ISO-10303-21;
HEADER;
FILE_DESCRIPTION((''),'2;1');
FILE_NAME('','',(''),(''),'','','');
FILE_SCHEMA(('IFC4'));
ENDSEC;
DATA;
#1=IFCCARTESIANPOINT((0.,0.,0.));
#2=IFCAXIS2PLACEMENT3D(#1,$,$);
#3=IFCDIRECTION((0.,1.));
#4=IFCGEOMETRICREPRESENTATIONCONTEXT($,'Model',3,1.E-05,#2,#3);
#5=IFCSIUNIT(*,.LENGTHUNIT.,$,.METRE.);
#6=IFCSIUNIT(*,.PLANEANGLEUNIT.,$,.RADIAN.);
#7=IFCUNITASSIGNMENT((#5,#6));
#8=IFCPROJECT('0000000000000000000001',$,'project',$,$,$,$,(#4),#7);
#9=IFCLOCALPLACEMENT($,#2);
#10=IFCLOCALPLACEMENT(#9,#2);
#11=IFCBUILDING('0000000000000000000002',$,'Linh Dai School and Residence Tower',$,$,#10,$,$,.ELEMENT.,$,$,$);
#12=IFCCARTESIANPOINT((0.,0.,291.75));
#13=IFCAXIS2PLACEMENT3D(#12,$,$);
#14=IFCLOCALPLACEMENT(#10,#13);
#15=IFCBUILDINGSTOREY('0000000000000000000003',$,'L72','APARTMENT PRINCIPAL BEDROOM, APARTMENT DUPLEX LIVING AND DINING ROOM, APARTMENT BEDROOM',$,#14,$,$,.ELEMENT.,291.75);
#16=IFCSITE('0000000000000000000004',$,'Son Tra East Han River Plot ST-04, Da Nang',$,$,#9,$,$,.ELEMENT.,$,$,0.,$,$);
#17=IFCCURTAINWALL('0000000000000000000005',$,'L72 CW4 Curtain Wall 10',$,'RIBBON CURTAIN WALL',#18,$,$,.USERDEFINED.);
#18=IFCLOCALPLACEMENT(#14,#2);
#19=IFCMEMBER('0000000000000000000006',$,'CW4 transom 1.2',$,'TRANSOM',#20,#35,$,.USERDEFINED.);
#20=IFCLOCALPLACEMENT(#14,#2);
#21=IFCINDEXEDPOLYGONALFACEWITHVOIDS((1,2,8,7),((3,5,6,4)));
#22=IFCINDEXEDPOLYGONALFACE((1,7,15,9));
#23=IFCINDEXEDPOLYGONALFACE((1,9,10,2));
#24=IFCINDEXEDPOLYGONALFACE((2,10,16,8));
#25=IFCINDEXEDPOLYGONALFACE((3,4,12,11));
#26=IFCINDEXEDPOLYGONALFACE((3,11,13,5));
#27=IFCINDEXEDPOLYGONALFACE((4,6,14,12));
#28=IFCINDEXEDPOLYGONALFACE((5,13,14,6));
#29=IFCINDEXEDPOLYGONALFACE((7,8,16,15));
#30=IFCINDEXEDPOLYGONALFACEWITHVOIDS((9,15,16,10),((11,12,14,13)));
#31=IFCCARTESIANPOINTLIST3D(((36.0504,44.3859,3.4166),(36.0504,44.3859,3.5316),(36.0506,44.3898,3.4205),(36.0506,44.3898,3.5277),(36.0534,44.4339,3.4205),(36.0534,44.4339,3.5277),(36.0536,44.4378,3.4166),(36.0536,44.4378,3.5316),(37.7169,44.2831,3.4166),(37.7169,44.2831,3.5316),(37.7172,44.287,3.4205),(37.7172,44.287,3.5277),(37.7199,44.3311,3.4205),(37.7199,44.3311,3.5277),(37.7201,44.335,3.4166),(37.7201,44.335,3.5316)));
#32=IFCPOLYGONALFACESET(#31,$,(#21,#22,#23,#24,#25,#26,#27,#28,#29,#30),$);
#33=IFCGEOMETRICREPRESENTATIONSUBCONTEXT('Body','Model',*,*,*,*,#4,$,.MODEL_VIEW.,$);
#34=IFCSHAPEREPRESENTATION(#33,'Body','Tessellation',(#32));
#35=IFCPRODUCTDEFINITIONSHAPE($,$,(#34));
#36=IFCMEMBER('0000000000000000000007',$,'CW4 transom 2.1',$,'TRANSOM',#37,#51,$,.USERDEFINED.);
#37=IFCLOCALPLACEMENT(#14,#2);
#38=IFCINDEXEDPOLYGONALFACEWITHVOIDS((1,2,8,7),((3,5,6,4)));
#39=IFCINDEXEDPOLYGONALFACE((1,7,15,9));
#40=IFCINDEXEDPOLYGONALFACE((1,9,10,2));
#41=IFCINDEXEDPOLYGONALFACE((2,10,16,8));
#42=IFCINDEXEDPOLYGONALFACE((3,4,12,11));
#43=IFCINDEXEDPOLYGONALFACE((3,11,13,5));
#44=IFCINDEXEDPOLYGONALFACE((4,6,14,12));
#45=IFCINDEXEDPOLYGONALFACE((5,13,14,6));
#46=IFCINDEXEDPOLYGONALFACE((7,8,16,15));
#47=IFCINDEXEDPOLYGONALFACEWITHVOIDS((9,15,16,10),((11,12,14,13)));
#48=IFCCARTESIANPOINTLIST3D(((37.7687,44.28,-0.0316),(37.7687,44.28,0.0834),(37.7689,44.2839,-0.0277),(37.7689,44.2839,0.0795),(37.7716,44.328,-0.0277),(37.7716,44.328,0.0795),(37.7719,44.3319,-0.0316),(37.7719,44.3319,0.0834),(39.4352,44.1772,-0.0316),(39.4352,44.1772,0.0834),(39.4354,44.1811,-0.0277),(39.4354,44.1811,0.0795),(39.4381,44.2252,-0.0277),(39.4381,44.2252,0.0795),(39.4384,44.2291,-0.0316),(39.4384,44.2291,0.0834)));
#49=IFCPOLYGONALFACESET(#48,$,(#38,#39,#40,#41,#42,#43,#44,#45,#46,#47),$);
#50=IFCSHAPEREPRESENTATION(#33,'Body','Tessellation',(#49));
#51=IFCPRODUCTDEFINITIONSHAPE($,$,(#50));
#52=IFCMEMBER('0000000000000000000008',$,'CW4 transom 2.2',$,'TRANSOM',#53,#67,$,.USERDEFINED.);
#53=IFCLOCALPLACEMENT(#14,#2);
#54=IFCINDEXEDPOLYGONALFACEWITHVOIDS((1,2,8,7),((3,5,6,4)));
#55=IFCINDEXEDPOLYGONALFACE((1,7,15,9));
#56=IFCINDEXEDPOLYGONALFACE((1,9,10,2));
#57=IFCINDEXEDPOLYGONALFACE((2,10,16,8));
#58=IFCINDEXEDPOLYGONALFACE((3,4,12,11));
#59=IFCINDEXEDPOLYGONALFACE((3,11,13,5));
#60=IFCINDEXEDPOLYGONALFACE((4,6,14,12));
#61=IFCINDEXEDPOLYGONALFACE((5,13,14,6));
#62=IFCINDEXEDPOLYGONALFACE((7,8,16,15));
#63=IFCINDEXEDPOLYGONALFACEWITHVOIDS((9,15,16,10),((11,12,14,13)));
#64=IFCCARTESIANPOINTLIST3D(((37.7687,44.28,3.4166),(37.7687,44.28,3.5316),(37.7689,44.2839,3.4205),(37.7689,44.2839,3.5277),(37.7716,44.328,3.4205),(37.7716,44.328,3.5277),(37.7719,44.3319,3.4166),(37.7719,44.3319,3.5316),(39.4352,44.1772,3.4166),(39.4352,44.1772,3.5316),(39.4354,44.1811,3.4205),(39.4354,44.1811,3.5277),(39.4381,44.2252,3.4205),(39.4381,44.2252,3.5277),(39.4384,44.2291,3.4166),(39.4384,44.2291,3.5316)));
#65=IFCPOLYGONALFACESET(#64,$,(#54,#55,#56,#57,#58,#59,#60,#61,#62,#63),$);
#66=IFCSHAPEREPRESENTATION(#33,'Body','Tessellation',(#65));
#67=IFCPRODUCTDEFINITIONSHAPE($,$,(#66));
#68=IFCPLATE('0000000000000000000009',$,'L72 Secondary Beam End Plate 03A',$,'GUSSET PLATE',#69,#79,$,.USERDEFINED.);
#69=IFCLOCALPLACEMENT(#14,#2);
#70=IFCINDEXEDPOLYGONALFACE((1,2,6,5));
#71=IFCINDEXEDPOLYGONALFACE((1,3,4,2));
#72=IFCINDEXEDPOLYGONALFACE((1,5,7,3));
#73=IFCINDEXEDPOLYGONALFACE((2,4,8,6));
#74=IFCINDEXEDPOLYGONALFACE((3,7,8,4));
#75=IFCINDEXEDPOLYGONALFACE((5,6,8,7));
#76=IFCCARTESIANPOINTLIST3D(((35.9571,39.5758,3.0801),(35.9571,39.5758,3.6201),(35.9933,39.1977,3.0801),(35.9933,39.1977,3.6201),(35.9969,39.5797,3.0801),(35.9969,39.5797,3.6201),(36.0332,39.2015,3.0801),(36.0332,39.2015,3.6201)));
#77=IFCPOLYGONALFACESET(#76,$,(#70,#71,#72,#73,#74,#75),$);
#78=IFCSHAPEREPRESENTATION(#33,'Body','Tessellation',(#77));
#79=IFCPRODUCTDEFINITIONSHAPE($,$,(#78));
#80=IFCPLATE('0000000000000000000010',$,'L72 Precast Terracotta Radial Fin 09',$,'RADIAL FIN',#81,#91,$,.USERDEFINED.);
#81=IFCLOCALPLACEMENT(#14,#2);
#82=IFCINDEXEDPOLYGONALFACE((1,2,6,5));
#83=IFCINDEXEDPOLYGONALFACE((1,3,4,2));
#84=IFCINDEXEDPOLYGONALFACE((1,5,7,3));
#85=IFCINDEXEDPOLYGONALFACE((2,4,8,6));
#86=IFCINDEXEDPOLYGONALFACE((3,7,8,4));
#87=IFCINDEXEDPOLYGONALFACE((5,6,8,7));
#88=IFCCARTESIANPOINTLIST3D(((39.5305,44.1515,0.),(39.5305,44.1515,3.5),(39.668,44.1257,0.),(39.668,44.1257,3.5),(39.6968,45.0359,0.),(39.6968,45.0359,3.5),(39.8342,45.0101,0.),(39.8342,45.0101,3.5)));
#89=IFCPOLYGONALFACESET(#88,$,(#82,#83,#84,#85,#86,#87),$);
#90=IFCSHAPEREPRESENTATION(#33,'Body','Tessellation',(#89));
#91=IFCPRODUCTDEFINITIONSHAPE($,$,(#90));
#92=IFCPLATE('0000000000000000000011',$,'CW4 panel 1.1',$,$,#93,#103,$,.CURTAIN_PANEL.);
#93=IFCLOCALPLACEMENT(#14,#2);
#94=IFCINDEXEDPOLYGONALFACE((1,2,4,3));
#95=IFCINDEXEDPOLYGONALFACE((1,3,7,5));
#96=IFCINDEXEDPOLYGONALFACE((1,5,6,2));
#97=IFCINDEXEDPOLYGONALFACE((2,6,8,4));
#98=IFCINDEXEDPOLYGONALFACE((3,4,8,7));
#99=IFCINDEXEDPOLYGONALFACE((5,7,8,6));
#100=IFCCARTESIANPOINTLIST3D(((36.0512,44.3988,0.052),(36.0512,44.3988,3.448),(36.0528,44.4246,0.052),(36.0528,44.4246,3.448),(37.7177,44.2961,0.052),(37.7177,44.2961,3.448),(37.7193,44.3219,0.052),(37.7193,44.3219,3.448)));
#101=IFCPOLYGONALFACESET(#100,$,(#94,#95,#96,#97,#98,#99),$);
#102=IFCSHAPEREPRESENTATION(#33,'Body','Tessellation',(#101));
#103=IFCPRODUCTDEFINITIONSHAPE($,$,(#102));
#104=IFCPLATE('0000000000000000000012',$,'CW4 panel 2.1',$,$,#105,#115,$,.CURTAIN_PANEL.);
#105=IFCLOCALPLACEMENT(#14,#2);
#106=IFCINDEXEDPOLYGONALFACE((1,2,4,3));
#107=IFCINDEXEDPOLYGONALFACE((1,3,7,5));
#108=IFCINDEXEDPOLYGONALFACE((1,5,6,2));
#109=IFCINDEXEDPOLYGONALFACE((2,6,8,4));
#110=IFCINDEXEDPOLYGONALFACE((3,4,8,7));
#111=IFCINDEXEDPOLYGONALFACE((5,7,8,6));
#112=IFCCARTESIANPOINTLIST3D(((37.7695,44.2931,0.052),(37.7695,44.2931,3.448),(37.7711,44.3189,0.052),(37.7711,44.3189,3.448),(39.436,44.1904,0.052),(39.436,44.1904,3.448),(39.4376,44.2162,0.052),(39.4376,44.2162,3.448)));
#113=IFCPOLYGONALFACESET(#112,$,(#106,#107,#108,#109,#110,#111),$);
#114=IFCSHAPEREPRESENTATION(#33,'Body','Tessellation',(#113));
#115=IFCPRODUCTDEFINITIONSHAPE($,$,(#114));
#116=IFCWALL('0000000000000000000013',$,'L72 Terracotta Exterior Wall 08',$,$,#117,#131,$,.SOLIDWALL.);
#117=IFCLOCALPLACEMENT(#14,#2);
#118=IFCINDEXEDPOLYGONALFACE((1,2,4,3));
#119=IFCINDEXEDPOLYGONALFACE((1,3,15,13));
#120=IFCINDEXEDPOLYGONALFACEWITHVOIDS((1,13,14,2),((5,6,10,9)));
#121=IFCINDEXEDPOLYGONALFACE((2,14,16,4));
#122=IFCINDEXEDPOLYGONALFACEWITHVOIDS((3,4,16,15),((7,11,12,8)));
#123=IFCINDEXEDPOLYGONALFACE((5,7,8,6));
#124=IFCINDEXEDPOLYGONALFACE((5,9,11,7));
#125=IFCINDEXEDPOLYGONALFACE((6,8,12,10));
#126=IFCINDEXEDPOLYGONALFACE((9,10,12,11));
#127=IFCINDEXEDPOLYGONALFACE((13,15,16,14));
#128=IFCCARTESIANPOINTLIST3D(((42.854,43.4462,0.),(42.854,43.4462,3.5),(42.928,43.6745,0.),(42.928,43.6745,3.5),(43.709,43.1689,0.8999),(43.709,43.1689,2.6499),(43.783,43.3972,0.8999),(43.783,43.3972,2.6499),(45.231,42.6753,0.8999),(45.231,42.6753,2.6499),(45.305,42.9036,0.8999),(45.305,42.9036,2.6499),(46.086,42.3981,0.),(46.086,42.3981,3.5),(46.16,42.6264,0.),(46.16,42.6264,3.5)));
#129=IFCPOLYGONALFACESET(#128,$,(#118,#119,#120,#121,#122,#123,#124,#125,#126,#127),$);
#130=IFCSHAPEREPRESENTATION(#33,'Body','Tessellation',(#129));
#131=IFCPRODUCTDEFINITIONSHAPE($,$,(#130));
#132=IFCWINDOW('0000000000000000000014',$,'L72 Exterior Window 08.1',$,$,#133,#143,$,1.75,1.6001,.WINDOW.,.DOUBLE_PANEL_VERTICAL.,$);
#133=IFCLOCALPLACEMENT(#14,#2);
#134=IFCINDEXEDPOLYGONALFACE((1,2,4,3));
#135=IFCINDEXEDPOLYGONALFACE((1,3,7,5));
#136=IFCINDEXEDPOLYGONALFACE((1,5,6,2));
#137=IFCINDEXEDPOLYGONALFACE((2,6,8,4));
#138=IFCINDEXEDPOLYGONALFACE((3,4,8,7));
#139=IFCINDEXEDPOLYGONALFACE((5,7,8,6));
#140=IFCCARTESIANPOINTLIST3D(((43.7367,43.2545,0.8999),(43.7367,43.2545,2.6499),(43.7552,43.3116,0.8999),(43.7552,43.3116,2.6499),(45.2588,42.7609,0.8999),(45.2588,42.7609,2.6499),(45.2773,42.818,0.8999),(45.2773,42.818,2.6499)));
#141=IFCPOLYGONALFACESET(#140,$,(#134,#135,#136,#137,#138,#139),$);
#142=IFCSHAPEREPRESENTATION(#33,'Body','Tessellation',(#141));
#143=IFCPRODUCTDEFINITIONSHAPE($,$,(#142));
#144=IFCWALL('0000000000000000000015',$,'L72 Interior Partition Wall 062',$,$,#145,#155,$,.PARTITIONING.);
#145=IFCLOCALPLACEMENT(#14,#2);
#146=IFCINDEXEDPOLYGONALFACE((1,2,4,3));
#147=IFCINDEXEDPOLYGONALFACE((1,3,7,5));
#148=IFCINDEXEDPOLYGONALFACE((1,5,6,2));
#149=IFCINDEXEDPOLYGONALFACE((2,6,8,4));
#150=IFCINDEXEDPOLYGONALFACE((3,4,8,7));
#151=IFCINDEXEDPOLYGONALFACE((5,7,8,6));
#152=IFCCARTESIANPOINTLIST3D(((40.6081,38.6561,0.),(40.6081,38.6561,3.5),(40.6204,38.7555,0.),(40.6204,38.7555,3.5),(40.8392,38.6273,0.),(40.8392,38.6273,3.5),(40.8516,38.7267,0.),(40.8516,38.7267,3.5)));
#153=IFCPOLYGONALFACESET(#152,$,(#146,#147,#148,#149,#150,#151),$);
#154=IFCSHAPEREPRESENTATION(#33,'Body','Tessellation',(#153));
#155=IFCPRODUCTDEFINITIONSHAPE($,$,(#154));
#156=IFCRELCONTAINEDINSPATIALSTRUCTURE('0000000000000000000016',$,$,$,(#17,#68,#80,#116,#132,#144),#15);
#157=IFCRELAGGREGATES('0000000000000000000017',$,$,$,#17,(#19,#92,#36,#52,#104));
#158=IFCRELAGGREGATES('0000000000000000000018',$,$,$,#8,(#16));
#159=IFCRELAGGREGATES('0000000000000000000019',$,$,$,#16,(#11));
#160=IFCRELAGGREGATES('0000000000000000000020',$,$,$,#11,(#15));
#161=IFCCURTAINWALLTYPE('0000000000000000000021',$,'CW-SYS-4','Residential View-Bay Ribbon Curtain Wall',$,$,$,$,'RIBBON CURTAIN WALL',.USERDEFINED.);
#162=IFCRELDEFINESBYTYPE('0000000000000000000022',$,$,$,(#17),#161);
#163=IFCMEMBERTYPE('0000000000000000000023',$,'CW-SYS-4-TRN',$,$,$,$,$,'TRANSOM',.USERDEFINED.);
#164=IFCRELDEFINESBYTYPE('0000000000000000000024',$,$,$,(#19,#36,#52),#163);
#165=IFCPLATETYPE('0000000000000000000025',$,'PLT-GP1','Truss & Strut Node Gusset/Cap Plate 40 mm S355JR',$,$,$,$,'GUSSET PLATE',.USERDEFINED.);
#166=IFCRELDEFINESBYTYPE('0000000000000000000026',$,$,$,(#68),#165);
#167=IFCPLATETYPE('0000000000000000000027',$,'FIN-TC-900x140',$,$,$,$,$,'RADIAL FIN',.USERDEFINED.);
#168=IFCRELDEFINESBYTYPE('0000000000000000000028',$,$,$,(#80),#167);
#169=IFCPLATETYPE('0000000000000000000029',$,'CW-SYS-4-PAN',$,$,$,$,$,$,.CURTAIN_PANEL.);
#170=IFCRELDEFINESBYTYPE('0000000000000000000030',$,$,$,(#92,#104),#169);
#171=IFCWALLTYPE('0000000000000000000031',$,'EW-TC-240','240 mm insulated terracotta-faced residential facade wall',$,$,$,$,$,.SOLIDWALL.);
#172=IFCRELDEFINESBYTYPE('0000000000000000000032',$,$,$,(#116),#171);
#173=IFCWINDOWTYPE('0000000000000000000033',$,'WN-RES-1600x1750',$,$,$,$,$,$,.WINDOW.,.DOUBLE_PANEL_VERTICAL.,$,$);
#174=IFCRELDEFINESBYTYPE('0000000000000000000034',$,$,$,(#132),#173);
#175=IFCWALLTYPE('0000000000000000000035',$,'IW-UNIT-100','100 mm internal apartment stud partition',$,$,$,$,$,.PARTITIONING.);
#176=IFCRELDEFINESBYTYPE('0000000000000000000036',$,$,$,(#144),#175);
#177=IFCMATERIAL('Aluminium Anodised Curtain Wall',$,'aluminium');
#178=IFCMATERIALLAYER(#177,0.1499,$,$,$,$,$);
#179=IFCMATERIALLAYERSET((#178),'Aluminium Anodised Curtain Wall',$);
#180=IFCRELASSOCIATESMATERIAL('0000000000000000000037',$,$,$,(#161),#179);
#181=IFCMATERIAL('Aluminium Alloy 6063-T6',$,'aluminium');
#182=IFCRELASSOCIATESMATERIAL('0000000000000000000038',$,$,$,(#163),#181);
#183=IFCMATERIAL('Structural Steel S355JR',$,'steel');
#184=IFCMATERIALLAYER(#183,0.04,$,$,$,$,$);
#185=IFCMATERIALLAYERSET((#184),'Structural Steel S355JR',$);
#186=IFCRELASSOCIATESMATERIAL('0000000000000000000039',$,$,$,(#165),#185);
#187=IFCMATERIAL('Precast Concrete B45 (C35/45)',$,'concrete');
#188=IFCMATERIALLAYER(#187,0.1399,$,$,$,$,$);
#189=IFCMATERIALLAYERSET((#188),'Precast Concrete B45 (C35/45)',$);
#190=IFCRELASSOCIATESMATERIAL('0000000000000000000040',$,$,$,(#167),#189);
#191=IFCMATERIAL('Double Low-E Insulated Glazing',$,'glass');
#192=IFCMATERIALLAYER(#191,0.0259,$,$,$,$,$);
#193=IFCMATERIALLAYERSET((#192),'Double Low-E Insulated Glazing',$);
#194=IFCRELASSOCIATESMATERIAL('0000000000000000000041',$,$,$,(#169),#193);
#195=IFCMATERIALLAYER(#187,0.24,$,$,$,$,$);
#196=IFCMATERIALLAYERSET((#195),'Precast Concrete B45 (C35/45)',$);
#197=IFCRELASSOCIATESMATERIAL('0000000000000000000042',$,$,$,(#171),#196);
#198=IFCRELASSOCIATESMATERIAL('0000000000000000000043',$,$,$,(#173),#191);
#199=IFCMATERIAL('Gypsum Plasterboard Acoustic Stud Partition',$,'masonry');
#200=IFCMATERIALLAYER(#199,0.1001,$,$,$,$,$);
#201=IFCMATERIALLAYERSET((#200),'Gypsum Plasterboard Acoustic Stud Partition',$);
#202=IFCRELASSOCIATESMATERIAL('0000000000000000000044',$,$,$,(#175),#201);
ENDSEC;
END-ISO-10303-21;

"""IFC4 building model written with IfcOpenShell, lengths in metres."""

from ifc_helpers import new_model, si_unit, direction, frame, frame_2d, origin, origin_2d, place, context, subcontext, project, spatial, rectangle, hollow_rectangle, extrude, source, transform, mapped, material, layer, layer_set, material_profile, profile_set, type_object, element, fill, aggregate, save


model = new_model("IFC4")

# Units and contexts
model_context = context("Model", 3, precision=1e-05, world=origin(), true_north=direction((0.0, 1.0)))
body_context = subcontext(model_context, "Body", "Model", "MODEL_VIEW")
ifc_project = project(units=[si_unit("LENGTHUNIT", "METRE"), si_unit("PLANEANGLEUNIT", "RADIAN")], contexts=[model_context])

# Site, building, storey
site_placement = place(None, origin())
site = spatial("IfcSite", under=ifc_project, at=site_placement, Name="Son Tra East Han River Plot ST-04, Da Nang", CompositionType="ELEMENT", RefElevation=0.0)
building_placement = place(site_placement, origin())
building = spatial("IfcBuilding", under=site, at=building_placement, Name="Linh Dai School and Residence Tower", CompositionType="ELEMENT")
storey_placement = place(building_placement, frame((0.0, 0.0, 291.75)))
storey = spatial("IfcBuildingStorey", under=building, at=storey_placement, Name="L72", Description="APARTMENT PRINCIPAL BEDROOM, APARTMENT DUPLEX LIVING AND DINING ROOM, APARTMENT BEDROOM", CompositionType="ELEMENT", Elevation=291.75)

# Shared definitions
ifc_material_1 = material(Name="Structural Steel S355JR", Category="steel")

# Curtain wall, members
ifc_material_2 = material(Name="Aluminium Anodised Curtain Wall", Category="aluminium")
ifc_layer_1 = layer(ifc_material_2, 0.1499)
ifc_layer_set_1 = layer_set([ifc_layer_1], Name="Aluminium Anodised Curtain Wall")
curtain_wall_type = type_object("IfcCurtainWallType", Name="CW-SYS-4", Description="Residential View-Bay Ribbon Curtain Wall", ElementType="RIBBON CURTAIN WALL", PredefinedType="USERDEFINED", material=ifc_layer_set_1)
curtain_wall_placement = place(storey_placement, origin())
curtain_wall = element("IfcCurtainWall", 1, at=curtain_wall_placement, inside=storey, type_object=curtain_wall_type, Name="L72 CW4 Curtain Wall 10", ObjectType="RIBBON CURTAIN WALL", PredefinedType="USERDEFINED")
ifc_material_3 = material(Name="Aluminium Alloy 6063-T6", Category="aluminium")
ifc_material_profile_1 = material_profile(ifc_material_3, hollow_rectangle(XDim=0.052, YDim=0.115, WallThickness=0.0039, at=origin_2d()), Name="RHS 115x52x4")
ifc_profile_set_1 = profile_set([ifc_material_profile_1], Name="Aluminium Alloy 6063-T6")
member_type_1 = type_object("IfcMemberType", Name="CW-SYS-4-TRN", ElementType="TRANSOM", PredefinedType="USERDEFINED", material=ifc_profile_set_1)
shared_shape_1 = source(origin(), body_context, "Body", "SweptSolid", [
    extrude(hollow_rectangle(XDim=0.052, YDim=0.115, WallThickness=0.0039, at=origin_2d()), origin(), (0.0, 0.0, 1.0), 1.6697),
])
member_1_placement = place(storey_placement, frame((36.052, 44.4119, 3.4741), z_axis=(0.998103, -0.061559, 0.0), x_axis=(0.061559, 0.998103, 0.0)))
member_1 = element("IfcMember", 2, at=member_1_placement, type_object=member_type_1, Name="CW4 transom 1.2", ObjectType="TRANSOM", PredefinedType="USERDEFINED", context=body_context, shape_type="MappedRepresentation", body=[
    mapped(shared_shape_1, transform((0.0, 0.0, 0.0), x_axis=(1.0, 0.0, 0.0), y_axis=(0.0, 1.0, 0.0), z_axis=(0.0, 0.0, 1.0), scale=1.0)),
])
member_2_placement = place(storey_placement, frame((37.7703, 44.3059, 0.0259), z_axis=(0.998103, -0.061559, 0.0), x_axis=(0.061559, 0.998103, 0.0)))
member_2 = element("IfcMember", 3, at=member_2_placement, type_object=member_type_1, Name="CW4 transom 2.1", ObjectType="TRANSOM", PredefinedType="USERDEFINED", context=body_context, shape_type="MappedRepresentation", body=[
    mapped(shared_shape_1, transform((0.0, 0.0, 0.0), x_axis=(1.0, 0.0, 0.0), y_axis=(0.0, 1.0, 0.0), z_axis=(0.0, 0.0, 1.0), scale=1.0)),
])
member_3_placement = place(storey_placement, frame((37.7703, 44.3059, 3.4741), z_axis=(0.998103, -0.061559, 0.0), x_axis=(0.061559, 0.998103, 0.0)))
member_3 = element("IfcMember", 4, at=member_3_placement, type_object=member_type_1, Name="CW4 transom 2.2", ObjectType="TRANSOM", PredefinedType="USERDEFINED", context=body_context, shape_type="MappedRepresentation", body=[
    mapped(shared_shape_1, transform((0.0, 0.0, 0.0), x_axis=(1.0, 0.0, 0.0), y_axis=(0.0, 1.0, 0.0), z_axis=(0.0, 0.0, 1.0), scale=1.0)),
])

# Plates
ifc_layer_2 = layer(ifc_material_1, 0.04)
ifc_layer_set_2 = layer_set([ifc_layer_2], Name="Structural Steel S355JR")
plate_type_1 = type_object("IfcPlateType", Name="PLT-GP1", Description="Truss & Strut Node Gusset/Cap Plate 40 mm S355JR", ElementType="GUSSET PLATE", PredefinedType="USERDEFINED", material=ifc_layer_set_2)
shared_shape_2 = source(origin(), body_context, "Body", "SweptSolid", [
    extrude(rectangle(XDim=0.04, YDim=0.3799, at=origin_2d()), origin(), (0.0, 0.0, 1.0), 0.54),
])
plate_1_placement = place(storey_placement, frame((35.9951, 39.3887, 3.0801), z_axis=(0.0, 0.0, 1.0), x_axis=(-0.995445, -0.095338, 0.0)))
element("IfcPlate", 5, at=plate_1_placement, inside=storey, type_object=plate_type_1, Name="L72 Secondary Beam End Plate 03A", ObjectType="GUSSET PLATE", PredefinedType="USERDEFINED", context=body_context, shape_type="MappedRepresentation", body=[
    mapped(shared_shape_2, transform((0.0, 0.0, 0.0), x_axis=(1.0, 0.0, 0.0), y_axis=(0.0, 1.0, 0.0), z_axis=(0.0, 0.0, 1.0), scale=1.0)),
])
ifc_material_4 = material(Name="Precast Concrete B45 (C35/45)", Category="concrete")
ifc_layer_3 = layer(ifc_material_4, 0.1399)
ifc_layer_set_3 = layer_set([ifc_layer_3], Name="Precast Concrete B45 (C35/45)")
plate_type_2 = type_object("IfcPlateType", Name="FIN-TC-900x140", ElementType="RADIAL FIN", PredefinedType="USERDEFINED", material=ifc_layer_set_3)
shared_shape_3 = source(origin(), body_context, "Body", "SweptSolid", [
    extrude(rectangle(XDim=0.8999, YDim=0.1399, at=origin_2d()), origin(), (0.0, 0.0, 1.0), 3.5),
])
plate_2_placement = place(storey_placement, frame((39.6824, 44.5808, 0.0), z_axis=(0.0, 0.0, 1.0), x_axis=(0.184751, 0.982785, 0.0)))
element("IfcPlate", 6, at=plate_2_placement, inside=storey, type_object=plate_type_2, Name="L72 Precast Terracotta Radial Fin 09", ObjectType="RADIAL FIN", PredefinedType="USERDEFINED", context=body_context, shape_type="MappedRepresentation", body=[
    mapped(shared_shape_3, transform((0.0, 0.0, 0.0), x_axis=(1.0, 0.0, 0.0), y_axis=(0.0, 1.0, 0.0), z_axis=(0.0, 0.0, 1.0), scale=1.0)),
])

# Plates
ifc_material_5 = material(Name="Double Low-E Insulated Glazing", Category="glass")
ifc_layer_4 = layer(ifc_material_5, 0.0259)
ifc_layer_set_4 = layer_set([ifc_layer_4], Name="Double Low-E Insulated Glazing")
plate_type_3 = type_object("IfcPlateType", Name="CW-SYS-4-PAN", PredefinedType="CURTAIN_PANEL", material=ifc_layer_set_4)
shared_shape_4 = source(origin(), body_context, "Body", "SweptSolid", [
    extrude(rectangle(XDim=1.6697, YDim=0.0259, at=origin_2d()), origin(), (0.0, 0.0, 1.0), 3.396),
])
plate_3_placement = place(storey_placement, frame((36.8853, 44.3604, 0.052), z_axis=(0.0, 0.0, 1.0), x_axis=(0.998106, -0.06151, 0.0)))
plate_3 = element("IfcPlate", 7, at=plate_3_placement, type_object=plate_type_3, Name="CW4 panel 1.1", PredefinedType="CURTAIN_PANEL", context=body_context, shape_type="MappedRepresentation", body=[
    mapped(shared_shape_4, transform((0.0, 0.0, 0.0), x_axis=(1.0, 0.0, 0.0), y_axis=(0.0, 1.0, 0.0), z_axis=(0.0, 0.0, 1.0), scale=1.0)),
])
plate_4_placement = place(storey_placement, frame((38.6035, 44.2546, 0.052), z_axis=(0.0, 0.0, 1.0), x_axis=(0.998106, -0.06151, 0.0)))
plate_4 = element("IfcPlate", 8, at=plate_4_placement, type_object=plate_type_3, Name="CW4 panel 2.1", PredefinedType="CURTAIN_PANEL", context=body_context, shape_type="MappedRepresentation", body=[
    mapped(shared_shape_4, transform((0.0, 0.0, 0.0), x_axis=(1.0, 0.0, 0.0), y_axis=(0.0, 1.0, 0.0), z_axis=(0.0, 0.0, 1.0), scale=1.0)),
])
aggregate(curtain_wall, [member_1, plate_3, member_2, member_3, plate_4])

# Wall, opening, window
ifc_layer_5 = layer(ifc_material_4, 0.24)
ifc_layer_set_5 = layer_set([ifc_layer_5], Name="Precast Concrete B45 (C35/45)")
wall_type_1 = type_object("IfcWallType", Name="EW-TC-240", Description="240 mm insulated terracotta-faced residential facade wall", PredefinedType="SOLIDWALL", material=ifc_layer_set_5)
wall_1_placement = place(storey_placement, frame((42.8911, 43.5603, 0.0), z_axis=(0.0, 0.0, 1.0), x_axis=(0.951231, -0.308478, 0.0)))
wall_1 = element("IfcWall", 9, at=wall_1_placement, inside=storey, type_object=wall_type_1, Name="L72 Terracotta Exterior Wall 08", PredefinedType="SOLIDWALL", context=body_context, shape_type="SweptSolid", body=[
    extrude(rectangle(XDim=3.3977, YDim=0.24, at=frame_2d((1.6987, 0.0))), origin(), (0.0, 0.0, 1.0), 3.5),
])
opening_1_placement = place(wall_1_placement, frame((0.8987, 0.0, 0.8999)))
opening_1 = element("IfcOpeningElement", 10, at=opening_1_placement, cuts=wall_1, PredefinedType="OPENING", context=body_context, shape_type="SweptSolid", body=[
    extrude(rectangle(XDim=1.6001, YDim=1.75, at=origin_2d()), frame((0.8, 0.1299, 0.875), z_axis=(0.0, -1.0, 0.0), x_axis=(1.0, 0.0, 0.0)), (0.0, 0.0, 1.0), 0.26),
])
window_type = type_object("IfcWindowType", Name="WN-RES-1600x1750", PartitioningType="DOUBLE_PANEL_VERTICAL", PredefinedType="WINDOW", material=ifc_material_5)
shared_shape_5 = source(origin(), body_context, "Body", "SweptSolid", [
    extrude(rectangle(XDim=1.6001, YDim=1.75, at=origin_2d()), frame((0.8, 0.03, 0.875), z_axis=(0.0, -1.0, 0.0), x_axis=(1.0, 0.0, 0.0)), (0.0, 0.0, 1.0), 0.0601),
])
window_placement = place(opening_1_placement, origin())
window = element("IfcWindow", 11, at=window_placement, inside=storey, type_object=window_type, Name="L72 Exterior Window 08.1", OverallHeight=1.75, OverallWidth=1.6001, PartitioningType="DOUBLE_PANEL_VERTICAL", PredefinedType="WINDOW", context=body_context, shape_type="MappedRepresentation", body=[
    mapped(shared_shape_5, transform((0.0, 0.0, 0.0), x_axis=(1.0, 0.0, 0.0), y_axis=(0.0, 1.0, 0.0), z_axis=(0.0, 0.0, 1.0), scale=1.0)),
])
fill(opening_1, window)

# Wall
ifc_material_6 = material(Name="Gypsum Plasterboard Acoustic Stud Partition", Category="masonry")
ifc_layer_6 = layer(ifc_material_6, 0.1001)
ifc_layer_set_6 = layer_set([ifc_layer_6], Name="Gypsum Plasterboard Acoustic Stud Partition")
wall_type_2 = type_object("IfcWallType", Name="IW-UNIT-100", Description="100 mm internal apartment stud partition", PredefinedType="PARTITIONING", material=ifc_layer_set_6)
wall_2_placement = place(storey_placement, frame((40.6143, 38.7058, 0.0), z_axis=(0.0, 0.0, 1.0), x_axis=(0.992326, -0.123648, 0.0)))
element("IfcWall", 12, at=wall_2_placement, inside=storey, type_object=wall_type_2, Name="L72 Interior Partition Wall 062", PredefinedType="PARTITIONING", context=body_context, shape_type="SweptSolid", body=[
    extrude(rectangle(XDim=0.2329, YDim=0.1001, at=frame_2d((0.1165, 0.0))), origin(), (0.0, 0.0, 1.0), 3.5),
])

save(model, "model.ifc")
